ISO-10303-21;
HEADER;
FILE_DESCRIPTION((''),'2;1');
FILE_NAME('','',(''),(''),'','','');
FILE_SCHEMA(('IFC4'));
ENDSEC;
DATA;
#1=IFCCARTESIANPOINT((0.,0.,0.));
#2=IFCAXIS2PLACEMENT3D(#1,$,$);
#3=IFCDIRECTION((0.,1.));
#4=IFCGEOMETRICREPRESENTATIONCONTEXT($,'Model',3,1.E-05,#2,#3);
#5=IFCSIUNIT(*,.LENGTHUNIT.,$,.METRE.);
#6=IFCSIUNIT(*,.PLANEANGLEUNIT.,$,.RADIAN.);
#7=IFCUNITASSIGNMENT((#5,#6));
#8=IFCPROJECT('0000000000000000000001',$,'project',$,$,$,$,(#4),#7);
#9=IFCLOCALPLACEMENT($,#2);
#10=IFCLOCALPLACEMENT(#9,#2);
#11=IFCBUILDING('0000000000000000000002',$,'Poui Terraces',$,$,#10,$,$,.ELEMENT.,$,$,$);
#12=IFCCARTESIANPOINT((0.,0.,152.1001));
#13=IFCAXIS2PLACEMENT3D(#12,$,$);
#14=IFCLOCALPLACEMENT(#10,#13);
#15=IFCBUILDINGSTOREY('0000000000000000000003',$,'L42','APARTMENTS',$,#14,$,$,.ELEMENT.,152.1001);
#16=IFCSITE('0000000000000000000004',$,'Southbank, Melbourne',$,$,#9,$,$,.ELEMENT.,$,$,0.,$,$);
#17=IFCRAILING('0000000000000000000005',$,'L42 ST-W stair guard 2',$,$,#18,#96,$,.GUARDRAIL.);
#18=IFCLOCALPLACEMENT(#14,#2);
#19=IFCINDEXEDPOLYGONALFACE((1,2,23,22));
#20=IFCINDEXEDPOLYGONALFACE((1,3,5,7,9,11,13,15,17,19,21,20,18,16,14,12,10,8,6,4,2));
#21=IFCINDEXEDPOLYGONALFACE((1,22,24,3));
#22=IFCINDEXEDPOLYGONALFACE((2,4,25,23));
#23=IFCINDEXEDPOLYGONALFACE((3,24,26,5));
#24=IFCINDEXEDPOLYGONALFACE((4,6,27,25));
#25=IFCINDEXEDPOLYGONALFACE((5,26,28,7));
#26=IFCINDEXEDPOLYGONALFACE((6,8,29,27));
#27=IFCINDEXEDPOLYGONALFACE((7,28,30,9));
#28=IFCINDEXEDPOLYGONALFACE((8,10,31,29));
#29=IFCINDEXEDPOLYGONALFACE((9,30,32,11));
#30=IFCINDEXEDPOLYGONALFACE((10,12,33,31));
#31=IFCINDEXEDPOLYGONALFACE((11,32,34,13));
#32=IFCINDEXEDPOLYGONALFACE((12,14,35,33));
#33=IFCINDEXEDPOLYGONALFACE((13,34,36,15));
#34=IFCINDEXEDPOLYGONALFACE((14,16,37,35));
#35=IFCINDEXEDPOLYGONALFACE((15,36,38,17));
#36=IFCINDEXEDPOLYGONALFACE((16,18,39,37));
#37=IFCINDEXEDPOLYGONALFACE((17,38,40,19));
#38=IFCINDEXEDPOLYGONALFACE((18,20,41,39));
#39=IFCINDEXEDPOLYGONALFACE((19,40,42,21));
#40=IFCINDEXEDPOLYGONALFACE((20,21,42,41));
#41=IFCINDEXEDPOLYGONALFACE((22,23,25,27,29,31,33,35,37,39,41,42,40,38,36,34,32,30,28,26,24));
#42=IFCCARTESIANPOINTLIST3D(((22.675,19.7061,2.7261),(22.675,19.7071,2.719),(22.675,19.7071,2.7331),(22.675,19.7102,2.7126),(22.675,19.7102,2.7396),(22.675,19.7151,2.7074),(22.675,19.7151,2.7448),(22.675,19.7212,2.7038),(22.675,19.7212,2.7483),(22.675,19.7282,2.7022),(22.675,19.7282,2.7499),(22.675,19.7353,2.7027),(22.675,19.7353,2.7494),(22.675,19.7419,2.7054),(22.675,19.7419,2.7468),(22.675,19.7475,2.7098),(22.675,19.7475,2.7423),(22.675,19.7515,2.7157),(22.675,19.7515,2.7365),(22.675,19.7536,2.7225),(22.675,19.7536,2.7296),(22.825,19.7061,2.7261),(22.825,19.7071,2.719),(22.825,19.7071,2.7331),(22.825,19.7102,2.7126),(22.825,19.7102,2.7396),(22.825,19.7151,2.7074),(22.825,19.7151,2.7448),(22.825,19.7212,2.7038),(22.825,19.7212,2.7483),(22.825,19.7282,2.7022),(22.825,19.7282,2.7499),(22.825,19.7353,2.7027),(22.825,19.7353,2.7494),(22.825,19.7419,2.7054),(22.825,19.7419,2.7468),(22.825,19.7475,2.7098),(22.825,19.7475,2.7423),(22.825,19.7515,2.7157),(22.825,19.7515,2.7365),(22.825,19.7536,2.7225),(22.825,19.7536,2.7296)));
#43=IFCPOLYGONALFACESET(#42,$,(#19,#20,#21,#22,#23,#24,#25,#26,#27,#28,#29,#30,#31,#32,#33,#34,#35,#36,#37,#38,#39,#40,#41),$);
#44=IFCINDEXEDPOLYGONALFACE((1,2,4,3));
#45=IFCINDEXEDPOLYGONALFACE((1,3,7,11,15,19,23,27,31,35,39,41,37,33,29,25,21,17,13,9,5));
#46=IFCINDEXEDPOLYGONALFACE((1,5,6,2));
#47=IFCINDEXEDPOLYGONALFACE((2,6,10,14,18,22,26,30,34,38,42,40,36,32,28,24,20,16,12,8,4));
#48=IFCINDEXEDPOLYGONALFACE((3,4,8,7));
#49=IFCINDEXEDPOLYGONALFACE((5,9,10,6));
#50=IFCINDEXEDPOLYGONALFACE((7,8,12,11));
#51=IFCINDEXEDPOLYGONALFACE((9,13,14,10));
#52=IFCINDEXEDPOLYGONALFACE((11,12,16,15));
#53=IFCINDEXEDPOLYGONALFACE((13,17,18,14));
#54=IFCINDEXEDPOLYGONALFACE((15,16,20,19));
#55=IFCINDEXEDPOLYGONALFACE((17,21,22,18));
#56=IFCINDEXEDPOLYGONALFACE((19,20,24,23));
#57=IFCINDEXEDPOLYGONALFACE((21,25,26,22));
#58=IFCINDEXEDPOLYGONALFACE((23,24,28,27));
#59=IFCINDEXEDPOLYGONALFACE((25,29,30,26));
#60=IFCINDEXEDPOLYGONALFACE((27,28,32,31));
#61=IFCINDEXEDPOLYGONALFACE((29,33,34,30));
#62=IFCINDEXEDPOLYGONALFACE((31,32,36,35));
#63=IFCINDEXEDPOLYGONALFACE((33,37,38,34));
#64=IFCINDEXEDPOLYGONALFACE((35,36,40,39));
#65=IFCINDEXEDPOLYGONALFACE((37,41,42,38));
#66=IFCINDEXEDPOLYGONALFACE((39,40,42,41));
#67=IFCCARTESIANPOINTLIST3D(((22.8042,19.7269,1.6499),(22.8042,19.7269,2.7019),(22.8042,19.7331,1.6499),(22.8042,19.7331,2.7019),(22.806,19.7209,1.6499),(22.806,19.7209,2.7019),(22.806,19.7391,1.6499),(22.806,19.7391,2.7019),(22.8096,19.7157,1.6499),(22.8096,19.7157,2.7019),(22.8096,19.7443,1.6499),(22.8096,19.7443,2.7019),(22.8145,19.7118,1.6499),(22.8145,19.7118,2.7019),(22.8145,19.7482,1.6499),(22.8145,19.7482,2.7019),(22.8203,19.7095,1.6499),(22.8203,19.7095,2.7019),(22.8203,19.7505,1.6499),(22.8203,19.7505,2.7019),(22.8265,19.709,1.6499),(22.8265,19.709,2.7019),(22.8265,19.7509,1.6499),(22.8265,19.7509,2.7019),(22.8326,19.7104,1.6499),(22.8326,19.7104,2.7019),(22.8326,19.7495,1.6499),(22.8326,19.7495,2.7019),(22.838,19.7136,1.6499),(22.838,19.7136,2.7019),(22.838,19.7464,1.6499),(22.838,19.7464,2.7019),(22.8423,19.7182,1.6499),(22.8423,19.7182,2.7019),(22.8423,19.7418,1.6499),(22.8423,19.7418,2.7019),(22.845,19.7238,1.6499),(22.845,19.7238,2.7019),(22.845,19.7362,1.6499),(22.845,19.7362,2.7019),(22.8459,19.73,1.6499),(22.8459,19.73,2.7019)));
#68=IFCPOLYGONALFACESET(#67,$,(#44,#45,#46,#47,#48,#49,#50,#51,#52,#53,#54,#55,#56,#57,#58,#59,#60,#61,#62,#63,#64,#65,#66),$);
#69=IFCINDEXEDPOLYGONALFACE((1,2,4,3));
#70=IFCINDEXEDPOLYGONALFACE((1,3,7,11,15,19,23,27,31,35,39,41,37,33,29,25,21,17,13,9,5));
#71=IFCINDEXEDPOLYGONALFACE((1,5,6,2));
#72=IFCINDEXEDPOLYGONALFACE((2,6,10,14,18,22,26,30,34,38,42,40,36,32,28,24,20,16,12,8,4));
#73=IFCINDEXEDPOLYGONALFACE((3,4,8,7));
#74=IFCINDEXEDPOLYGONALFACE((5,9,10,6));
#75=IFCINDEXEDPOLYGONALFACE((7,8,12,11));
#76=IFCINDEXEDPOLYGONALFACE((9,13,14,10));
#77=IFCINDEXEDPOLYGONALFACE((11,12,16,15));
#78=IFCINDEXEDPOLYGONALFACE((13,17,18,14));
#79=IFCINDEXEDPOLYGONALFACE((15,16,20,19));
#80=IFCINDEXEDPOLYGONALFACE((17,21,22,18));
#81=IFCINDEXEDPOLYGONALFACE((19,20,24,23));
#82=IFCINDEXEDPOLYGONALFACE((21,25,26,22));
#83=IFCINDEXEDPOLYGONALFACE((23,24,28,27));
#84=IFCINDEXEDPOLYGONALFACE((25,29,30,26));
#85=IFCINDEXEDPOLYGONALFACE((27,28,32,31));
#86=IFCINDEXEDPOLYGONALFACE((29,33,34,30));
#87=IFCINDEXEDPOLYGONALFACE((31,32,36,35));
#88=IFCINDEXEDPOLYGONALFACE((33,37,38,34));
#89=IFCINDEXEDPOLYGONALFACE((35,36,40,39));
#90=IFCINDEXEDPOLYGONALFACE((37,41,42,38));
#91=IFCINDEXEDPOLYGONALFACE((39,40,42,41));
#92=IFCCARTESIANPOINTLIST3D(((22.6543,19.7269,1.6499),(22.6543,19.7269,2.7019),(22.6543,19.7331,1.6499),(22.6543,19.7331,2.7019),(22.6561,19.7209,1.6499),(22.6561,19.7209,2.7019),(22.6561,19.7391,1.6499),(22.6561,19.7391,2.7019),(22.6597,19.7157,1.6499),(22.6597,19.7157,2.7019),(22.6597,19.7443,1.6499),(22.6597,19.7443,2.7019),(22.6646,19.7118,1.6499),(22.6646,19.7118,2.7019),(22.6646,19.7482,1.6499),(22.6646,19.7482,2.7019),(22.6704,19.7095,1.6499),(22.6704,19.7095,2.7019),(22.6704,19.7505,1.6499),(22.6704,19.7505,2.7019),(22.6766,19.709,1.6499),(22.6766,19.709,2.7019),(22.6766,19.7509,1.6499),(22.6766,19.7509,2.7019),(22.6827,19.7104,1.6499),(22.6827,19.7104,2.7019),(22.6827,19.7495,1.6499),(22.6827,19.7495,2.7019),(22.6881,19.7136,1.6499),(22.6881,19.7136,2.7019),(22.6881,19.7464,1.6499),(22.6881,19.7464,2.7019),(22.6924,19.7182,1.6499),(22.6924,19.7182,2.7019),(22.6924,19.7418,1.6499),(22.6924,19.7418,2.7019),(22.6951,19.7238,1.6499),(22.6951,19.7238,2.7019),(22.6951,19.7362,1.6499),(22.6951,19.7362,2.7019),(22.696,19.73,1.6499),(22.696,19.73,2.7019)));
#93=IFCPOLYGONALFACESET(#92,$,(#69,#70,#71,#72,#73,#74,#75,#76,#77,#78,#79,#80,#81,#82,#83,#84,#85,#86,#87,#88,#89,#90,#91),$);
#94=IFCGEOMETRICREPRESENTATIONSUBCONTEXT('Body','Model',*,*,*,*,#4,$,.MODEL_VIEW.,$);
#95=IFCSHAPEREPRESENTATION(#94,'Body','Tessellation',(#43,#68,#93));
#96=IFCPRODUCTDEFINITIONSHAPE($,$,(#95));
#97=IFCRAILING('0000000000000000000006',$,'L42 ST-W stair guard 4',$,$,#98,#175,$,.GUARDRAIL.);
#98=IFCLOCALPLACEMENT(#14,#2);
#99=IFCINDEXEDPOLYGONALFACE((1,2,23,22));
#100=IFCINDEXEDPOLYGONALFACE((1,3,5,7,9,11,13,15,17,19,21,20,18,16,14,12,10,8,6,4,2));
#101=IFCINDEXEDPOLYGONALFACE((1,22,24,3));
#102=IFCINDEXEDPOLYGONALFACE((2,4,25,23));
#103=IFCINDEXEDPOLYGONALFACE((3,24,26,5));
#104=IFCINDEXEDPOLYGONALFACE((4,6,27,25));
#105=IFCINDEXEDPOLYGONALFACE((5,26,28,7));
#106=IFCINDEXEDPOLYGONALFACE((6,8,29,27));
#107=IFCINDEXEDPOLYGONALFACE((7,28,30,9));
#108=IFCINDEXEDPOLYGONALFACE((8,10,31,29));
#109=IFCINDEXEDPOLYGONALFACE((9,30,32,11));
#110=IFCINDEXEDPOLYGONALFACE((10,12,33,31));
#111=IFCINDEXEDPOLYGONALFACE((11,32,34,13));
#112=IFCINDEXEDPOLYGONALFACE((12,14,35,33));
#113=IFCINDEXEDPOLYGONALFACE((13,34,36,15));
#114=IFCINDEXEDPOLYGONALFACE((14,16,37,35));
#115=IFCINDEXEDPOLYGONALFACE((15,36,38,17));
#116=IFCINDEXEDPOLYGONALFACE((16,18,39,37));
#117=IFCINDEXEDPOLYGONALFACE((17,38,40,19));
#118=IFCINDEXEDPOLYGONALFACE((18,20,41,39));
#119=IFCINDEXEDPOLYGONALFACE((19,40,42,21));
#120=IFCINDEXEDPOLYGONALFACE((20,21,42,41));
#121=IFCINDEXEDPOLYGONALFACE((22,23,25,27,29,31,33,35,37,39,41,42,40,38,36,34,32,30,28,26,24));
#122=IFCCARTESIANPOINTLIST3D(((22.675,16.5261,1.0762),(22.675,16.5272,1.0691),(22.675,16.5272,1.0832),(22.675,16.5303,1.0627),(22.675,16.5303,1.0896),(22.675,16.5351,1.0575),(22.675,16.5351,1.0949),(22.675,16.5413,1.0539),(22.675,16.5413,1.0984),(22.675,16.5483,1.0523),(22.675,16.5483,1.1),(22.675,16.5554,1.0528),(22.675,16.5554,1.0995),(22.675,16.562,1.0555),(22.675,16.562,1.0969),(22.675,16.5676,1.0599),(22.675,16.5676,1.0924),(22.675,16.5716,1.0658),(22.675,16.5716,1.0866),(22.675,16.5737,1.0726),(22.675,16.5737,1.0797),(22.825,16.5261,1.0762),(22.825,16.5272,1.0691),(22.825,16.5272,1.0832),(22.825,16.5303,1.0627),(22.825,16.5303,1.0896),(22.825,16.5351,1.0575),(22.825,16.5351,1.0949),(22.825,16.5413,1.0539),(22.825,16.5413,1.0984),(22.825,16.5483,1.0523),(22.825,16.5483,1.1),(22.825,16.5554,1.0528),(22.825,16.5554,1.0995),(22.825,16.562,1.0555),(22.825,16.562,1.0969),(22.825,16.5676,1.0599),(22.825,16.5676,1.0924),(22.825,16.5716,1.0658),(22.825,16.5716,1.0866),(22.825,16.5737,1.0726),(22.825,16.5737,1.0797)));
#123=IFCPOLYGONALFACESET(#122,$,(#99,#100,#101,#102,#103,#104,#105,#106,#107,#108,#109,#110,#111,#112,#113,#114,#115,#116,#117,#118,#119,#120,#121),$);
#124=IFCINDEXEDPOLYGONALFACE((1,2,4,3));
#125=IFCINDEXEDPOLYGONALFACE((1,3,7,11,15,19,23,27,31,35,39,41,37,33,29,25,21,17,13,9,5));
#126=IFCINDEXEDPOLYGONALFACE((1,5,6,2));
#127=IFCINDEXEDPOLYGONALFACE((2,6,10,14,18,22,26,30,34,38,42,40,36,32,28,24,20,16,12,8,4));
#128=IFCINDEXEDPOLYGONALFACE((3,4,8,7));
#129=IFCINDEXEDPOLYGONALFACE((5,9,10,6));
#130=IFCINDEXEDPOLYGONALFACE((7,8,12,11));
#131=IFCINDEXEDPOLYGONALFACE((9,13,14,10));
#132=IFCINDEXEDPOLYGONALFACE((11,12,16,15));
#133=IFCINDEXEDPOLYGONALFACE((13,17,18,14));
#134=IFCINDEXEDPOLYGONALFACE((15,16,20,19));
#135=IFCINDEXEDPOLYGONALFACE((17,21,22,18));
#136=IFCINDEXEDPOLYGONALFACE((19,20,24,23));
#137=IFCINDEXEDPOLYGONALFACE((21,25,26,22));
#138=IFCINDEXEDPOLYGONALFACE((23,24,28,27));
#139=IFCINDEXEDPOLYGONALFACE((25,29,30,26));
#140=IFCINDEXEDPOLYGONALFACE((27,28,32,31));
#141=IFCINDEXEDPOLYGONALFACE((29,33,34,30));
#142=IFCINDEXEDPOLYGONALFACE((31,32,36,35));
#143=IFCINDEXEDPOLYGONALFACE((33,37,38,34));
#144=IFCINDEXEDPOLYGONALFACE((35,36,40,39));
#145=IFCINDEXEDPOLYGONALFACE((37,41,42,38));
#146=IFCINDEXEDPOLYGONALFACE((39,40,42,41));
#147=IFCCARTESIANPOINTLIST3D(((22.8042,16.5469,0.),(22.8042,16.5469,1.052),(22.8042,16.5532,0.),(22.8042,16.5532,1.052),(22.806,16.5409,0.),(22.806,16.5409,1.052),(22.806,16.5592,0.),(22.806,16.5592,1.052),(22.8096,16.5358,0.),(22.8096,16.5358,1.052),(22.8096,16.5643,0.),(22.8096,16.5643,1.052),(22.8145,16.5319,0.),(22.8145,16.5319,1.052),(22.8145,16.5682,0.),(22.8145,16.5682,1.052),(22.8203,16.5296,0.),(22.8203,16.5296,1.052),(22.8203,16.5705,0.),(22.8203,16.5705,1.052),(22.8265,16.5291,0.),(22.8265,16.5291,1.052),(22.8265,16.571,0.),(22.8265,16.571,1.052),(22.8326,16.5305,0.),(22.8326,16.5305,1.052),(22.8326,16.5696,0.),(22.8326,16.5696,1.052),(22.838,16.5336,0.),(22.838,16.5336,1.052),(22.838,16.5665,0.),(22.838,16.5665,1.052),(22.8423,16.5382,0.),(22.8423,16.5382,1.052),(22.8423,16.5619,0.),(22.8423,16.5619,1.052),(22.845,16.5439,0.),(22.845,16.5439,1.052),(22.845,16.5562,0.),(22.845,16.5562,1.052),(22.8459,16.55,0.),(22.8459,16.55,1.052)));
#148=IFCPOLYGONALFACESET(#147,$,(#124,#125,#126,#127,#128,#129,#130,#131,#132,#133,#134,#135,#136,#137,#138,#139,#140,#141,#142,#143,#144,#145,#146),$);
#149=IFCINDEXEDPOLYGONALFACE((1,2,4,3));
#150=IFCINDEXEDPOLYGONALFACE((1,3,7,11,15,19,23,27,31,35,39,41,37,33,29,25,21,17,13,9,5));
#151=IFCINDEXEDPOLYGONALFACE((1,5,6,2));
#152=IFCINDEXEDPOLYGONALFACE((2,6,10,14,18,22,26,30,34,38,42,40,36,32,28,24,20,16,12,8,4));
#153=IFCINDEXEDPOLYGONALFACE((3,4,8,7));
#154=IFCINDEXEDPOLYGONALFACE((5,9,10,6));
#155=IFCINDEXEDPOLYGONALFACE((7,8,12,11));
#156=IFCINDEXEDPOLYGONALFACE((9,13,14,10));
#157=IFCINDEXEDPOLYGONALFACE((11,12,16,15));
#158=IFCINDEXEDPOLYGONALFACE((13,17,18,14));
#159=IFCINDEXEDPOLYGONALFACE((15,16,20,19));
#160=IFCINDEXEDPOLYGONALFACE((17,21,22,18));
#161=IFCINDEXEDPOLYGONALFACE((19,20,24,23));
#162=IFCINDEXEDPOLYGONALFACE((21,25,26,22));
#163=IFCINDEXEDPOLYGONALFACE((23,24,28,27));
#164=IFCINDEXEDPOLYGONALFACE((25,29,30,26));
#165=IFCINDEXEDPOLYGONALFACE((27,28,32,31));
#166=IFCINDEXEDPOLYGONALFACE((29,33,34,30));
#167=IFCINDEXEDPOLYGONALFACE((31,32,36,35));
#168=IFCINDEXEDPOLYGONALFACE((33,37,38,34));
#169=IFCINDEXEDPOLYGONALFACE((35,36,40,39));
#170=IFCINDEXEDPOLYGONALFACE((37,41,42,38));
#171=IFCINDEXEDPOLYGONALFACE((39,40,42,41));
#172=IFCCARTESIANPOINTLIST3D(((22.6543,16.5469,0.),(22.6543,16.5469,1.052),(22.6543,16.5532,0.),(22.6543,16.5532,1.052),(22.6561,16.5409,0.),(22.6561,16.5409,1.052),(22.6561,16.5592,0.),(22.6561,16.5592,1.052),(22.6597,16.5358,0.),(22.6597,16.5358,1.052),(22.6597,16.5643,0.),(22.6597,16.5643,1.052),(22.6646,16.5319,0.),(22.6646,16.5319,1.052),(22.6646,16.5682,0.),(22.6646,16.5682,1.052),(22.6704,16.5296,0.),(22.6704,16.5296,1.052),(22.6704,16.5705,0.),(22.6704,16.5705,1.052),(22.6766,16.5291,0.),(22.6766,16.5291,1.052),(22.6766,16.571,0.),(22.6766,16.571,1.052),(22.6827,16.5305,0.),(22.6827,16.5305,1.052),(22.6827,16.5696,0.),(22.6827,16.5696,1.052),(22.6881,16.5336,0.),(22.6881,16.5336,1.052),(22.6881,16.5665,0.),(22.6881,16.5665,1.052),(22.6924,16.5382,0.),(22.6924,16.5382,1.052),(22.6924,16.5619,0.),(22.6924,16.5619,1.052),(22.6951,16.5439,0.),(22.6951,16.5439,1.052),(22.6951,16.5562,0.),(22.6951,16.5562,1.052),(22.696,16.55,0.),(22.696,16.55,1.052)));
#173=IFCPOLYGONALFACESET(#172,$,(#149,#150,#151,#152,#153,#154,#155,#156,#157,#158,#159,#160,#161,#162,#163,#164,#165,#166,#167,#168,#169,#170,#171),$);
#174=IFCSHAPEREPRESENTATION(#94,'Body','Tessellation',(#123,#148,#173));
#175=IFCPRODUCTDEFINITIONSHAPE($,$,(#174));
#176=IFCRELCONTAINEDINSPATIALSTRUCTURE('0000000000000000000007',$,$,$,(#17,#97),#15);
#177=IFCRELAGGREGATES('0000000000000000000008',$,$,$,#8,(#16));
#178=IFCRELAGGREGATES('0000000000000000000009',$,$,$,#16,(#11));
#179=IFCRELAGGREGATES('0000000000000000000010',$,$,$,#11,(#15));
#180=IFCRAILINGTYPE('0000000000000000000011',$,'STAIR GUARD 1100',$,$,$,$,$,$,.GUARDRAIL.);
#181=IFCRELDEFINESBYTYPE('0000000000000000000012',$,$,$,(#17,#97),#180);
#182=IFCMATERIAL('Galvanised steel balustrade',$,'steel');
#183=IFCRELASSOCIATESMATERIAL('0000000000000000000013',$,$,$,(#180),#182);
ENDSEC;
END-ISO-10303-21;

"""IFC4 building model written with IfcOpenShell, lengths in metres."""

from ifc_helpers import new_model, si_unit, direction, frame, origin, origin_2d, place, context, subcontext, project, spatial, circle, extrude, material, type_object, element, save


model = new_model("IFC4")

# Units and contexts
model_context = context("Model", 3, precision=1e-05, world=origin(), true_north=direction((0.0, 1.0)))
body_context = subcontext(model_context, "Body", "Model", "MODEL_VIEW")
ifc_project = project(units=[si_unit("LENGTHUNIT", "METRE"), si_unit("PLANEANGLEUNIT", "RADIAN")], contexts=[model_context])

# Site, building, storey
site_placement = place(None, origin())
site = spatial("IfcSite", under=ifc_project, at=site_placement, Name="Southbank, Melbourne", CompositionType="ELEMENT", RefElevation=0.0)
building_placement = place(site_placement, origin())
building = spatial("IfcBuilding", under=site, at=building_placement, Name="Poui Terraces", CompositionType="ELEMENT")
storey_placement = place(building_placement, frame((0.0, 0.0, 152.1001)))
storey = spatial("IfcBuildingStorey", under=building, at=storey_placement, Name="L42", Description="APARTMENTS", CompositionType="ELEMENT", Elevation=152.1001)

# Railings
ifc_material_1 = material(Name="Galvanised steel balustrade", Category="steel")
railing_type_1 = type_object("IfcRailingType", Name="STAIR GUARD 1100", PredefinedType="GUARDRAIL", material=ifc_material_1)
for number, where, name in (
    (1, (22.825, 19.73, 1.6499), "L42 ST-W stair guard 2"),
    (2, (22.825, 16.55, 0.0), "L42 ST-W stair guard 4"),
):
    element("IfcRailing", number, at=place(storey_placement, frame(where)), inside=storey, type_object=railing_type_1, Name=name, PredefinedType="GUARDRAIL", context=body_context, shape_type="SweptSolid", body=[
        extrude(circle(Radius=0.0239, at=origin_2d()), frame((0.0, 0.0, 1.0762), z_axis=(-1.0, 0.0, 0.0), x_axis=(0.0, -1.0, 0.0)), (0.0, 0.0, 1.0), 0.1499),
        extrude(circle(Radius=0.021, at=origin_2d()), origin(), (0.0, 0.0, 1.0), 1.052),
        extrude(circle(Radius=0.021, at=origin_2d()), frame((-0.1499, 0.0, 0.0)), (0.0, 0.0, 1.0), 1.052),
    ])

save(model, "model.ifc")
